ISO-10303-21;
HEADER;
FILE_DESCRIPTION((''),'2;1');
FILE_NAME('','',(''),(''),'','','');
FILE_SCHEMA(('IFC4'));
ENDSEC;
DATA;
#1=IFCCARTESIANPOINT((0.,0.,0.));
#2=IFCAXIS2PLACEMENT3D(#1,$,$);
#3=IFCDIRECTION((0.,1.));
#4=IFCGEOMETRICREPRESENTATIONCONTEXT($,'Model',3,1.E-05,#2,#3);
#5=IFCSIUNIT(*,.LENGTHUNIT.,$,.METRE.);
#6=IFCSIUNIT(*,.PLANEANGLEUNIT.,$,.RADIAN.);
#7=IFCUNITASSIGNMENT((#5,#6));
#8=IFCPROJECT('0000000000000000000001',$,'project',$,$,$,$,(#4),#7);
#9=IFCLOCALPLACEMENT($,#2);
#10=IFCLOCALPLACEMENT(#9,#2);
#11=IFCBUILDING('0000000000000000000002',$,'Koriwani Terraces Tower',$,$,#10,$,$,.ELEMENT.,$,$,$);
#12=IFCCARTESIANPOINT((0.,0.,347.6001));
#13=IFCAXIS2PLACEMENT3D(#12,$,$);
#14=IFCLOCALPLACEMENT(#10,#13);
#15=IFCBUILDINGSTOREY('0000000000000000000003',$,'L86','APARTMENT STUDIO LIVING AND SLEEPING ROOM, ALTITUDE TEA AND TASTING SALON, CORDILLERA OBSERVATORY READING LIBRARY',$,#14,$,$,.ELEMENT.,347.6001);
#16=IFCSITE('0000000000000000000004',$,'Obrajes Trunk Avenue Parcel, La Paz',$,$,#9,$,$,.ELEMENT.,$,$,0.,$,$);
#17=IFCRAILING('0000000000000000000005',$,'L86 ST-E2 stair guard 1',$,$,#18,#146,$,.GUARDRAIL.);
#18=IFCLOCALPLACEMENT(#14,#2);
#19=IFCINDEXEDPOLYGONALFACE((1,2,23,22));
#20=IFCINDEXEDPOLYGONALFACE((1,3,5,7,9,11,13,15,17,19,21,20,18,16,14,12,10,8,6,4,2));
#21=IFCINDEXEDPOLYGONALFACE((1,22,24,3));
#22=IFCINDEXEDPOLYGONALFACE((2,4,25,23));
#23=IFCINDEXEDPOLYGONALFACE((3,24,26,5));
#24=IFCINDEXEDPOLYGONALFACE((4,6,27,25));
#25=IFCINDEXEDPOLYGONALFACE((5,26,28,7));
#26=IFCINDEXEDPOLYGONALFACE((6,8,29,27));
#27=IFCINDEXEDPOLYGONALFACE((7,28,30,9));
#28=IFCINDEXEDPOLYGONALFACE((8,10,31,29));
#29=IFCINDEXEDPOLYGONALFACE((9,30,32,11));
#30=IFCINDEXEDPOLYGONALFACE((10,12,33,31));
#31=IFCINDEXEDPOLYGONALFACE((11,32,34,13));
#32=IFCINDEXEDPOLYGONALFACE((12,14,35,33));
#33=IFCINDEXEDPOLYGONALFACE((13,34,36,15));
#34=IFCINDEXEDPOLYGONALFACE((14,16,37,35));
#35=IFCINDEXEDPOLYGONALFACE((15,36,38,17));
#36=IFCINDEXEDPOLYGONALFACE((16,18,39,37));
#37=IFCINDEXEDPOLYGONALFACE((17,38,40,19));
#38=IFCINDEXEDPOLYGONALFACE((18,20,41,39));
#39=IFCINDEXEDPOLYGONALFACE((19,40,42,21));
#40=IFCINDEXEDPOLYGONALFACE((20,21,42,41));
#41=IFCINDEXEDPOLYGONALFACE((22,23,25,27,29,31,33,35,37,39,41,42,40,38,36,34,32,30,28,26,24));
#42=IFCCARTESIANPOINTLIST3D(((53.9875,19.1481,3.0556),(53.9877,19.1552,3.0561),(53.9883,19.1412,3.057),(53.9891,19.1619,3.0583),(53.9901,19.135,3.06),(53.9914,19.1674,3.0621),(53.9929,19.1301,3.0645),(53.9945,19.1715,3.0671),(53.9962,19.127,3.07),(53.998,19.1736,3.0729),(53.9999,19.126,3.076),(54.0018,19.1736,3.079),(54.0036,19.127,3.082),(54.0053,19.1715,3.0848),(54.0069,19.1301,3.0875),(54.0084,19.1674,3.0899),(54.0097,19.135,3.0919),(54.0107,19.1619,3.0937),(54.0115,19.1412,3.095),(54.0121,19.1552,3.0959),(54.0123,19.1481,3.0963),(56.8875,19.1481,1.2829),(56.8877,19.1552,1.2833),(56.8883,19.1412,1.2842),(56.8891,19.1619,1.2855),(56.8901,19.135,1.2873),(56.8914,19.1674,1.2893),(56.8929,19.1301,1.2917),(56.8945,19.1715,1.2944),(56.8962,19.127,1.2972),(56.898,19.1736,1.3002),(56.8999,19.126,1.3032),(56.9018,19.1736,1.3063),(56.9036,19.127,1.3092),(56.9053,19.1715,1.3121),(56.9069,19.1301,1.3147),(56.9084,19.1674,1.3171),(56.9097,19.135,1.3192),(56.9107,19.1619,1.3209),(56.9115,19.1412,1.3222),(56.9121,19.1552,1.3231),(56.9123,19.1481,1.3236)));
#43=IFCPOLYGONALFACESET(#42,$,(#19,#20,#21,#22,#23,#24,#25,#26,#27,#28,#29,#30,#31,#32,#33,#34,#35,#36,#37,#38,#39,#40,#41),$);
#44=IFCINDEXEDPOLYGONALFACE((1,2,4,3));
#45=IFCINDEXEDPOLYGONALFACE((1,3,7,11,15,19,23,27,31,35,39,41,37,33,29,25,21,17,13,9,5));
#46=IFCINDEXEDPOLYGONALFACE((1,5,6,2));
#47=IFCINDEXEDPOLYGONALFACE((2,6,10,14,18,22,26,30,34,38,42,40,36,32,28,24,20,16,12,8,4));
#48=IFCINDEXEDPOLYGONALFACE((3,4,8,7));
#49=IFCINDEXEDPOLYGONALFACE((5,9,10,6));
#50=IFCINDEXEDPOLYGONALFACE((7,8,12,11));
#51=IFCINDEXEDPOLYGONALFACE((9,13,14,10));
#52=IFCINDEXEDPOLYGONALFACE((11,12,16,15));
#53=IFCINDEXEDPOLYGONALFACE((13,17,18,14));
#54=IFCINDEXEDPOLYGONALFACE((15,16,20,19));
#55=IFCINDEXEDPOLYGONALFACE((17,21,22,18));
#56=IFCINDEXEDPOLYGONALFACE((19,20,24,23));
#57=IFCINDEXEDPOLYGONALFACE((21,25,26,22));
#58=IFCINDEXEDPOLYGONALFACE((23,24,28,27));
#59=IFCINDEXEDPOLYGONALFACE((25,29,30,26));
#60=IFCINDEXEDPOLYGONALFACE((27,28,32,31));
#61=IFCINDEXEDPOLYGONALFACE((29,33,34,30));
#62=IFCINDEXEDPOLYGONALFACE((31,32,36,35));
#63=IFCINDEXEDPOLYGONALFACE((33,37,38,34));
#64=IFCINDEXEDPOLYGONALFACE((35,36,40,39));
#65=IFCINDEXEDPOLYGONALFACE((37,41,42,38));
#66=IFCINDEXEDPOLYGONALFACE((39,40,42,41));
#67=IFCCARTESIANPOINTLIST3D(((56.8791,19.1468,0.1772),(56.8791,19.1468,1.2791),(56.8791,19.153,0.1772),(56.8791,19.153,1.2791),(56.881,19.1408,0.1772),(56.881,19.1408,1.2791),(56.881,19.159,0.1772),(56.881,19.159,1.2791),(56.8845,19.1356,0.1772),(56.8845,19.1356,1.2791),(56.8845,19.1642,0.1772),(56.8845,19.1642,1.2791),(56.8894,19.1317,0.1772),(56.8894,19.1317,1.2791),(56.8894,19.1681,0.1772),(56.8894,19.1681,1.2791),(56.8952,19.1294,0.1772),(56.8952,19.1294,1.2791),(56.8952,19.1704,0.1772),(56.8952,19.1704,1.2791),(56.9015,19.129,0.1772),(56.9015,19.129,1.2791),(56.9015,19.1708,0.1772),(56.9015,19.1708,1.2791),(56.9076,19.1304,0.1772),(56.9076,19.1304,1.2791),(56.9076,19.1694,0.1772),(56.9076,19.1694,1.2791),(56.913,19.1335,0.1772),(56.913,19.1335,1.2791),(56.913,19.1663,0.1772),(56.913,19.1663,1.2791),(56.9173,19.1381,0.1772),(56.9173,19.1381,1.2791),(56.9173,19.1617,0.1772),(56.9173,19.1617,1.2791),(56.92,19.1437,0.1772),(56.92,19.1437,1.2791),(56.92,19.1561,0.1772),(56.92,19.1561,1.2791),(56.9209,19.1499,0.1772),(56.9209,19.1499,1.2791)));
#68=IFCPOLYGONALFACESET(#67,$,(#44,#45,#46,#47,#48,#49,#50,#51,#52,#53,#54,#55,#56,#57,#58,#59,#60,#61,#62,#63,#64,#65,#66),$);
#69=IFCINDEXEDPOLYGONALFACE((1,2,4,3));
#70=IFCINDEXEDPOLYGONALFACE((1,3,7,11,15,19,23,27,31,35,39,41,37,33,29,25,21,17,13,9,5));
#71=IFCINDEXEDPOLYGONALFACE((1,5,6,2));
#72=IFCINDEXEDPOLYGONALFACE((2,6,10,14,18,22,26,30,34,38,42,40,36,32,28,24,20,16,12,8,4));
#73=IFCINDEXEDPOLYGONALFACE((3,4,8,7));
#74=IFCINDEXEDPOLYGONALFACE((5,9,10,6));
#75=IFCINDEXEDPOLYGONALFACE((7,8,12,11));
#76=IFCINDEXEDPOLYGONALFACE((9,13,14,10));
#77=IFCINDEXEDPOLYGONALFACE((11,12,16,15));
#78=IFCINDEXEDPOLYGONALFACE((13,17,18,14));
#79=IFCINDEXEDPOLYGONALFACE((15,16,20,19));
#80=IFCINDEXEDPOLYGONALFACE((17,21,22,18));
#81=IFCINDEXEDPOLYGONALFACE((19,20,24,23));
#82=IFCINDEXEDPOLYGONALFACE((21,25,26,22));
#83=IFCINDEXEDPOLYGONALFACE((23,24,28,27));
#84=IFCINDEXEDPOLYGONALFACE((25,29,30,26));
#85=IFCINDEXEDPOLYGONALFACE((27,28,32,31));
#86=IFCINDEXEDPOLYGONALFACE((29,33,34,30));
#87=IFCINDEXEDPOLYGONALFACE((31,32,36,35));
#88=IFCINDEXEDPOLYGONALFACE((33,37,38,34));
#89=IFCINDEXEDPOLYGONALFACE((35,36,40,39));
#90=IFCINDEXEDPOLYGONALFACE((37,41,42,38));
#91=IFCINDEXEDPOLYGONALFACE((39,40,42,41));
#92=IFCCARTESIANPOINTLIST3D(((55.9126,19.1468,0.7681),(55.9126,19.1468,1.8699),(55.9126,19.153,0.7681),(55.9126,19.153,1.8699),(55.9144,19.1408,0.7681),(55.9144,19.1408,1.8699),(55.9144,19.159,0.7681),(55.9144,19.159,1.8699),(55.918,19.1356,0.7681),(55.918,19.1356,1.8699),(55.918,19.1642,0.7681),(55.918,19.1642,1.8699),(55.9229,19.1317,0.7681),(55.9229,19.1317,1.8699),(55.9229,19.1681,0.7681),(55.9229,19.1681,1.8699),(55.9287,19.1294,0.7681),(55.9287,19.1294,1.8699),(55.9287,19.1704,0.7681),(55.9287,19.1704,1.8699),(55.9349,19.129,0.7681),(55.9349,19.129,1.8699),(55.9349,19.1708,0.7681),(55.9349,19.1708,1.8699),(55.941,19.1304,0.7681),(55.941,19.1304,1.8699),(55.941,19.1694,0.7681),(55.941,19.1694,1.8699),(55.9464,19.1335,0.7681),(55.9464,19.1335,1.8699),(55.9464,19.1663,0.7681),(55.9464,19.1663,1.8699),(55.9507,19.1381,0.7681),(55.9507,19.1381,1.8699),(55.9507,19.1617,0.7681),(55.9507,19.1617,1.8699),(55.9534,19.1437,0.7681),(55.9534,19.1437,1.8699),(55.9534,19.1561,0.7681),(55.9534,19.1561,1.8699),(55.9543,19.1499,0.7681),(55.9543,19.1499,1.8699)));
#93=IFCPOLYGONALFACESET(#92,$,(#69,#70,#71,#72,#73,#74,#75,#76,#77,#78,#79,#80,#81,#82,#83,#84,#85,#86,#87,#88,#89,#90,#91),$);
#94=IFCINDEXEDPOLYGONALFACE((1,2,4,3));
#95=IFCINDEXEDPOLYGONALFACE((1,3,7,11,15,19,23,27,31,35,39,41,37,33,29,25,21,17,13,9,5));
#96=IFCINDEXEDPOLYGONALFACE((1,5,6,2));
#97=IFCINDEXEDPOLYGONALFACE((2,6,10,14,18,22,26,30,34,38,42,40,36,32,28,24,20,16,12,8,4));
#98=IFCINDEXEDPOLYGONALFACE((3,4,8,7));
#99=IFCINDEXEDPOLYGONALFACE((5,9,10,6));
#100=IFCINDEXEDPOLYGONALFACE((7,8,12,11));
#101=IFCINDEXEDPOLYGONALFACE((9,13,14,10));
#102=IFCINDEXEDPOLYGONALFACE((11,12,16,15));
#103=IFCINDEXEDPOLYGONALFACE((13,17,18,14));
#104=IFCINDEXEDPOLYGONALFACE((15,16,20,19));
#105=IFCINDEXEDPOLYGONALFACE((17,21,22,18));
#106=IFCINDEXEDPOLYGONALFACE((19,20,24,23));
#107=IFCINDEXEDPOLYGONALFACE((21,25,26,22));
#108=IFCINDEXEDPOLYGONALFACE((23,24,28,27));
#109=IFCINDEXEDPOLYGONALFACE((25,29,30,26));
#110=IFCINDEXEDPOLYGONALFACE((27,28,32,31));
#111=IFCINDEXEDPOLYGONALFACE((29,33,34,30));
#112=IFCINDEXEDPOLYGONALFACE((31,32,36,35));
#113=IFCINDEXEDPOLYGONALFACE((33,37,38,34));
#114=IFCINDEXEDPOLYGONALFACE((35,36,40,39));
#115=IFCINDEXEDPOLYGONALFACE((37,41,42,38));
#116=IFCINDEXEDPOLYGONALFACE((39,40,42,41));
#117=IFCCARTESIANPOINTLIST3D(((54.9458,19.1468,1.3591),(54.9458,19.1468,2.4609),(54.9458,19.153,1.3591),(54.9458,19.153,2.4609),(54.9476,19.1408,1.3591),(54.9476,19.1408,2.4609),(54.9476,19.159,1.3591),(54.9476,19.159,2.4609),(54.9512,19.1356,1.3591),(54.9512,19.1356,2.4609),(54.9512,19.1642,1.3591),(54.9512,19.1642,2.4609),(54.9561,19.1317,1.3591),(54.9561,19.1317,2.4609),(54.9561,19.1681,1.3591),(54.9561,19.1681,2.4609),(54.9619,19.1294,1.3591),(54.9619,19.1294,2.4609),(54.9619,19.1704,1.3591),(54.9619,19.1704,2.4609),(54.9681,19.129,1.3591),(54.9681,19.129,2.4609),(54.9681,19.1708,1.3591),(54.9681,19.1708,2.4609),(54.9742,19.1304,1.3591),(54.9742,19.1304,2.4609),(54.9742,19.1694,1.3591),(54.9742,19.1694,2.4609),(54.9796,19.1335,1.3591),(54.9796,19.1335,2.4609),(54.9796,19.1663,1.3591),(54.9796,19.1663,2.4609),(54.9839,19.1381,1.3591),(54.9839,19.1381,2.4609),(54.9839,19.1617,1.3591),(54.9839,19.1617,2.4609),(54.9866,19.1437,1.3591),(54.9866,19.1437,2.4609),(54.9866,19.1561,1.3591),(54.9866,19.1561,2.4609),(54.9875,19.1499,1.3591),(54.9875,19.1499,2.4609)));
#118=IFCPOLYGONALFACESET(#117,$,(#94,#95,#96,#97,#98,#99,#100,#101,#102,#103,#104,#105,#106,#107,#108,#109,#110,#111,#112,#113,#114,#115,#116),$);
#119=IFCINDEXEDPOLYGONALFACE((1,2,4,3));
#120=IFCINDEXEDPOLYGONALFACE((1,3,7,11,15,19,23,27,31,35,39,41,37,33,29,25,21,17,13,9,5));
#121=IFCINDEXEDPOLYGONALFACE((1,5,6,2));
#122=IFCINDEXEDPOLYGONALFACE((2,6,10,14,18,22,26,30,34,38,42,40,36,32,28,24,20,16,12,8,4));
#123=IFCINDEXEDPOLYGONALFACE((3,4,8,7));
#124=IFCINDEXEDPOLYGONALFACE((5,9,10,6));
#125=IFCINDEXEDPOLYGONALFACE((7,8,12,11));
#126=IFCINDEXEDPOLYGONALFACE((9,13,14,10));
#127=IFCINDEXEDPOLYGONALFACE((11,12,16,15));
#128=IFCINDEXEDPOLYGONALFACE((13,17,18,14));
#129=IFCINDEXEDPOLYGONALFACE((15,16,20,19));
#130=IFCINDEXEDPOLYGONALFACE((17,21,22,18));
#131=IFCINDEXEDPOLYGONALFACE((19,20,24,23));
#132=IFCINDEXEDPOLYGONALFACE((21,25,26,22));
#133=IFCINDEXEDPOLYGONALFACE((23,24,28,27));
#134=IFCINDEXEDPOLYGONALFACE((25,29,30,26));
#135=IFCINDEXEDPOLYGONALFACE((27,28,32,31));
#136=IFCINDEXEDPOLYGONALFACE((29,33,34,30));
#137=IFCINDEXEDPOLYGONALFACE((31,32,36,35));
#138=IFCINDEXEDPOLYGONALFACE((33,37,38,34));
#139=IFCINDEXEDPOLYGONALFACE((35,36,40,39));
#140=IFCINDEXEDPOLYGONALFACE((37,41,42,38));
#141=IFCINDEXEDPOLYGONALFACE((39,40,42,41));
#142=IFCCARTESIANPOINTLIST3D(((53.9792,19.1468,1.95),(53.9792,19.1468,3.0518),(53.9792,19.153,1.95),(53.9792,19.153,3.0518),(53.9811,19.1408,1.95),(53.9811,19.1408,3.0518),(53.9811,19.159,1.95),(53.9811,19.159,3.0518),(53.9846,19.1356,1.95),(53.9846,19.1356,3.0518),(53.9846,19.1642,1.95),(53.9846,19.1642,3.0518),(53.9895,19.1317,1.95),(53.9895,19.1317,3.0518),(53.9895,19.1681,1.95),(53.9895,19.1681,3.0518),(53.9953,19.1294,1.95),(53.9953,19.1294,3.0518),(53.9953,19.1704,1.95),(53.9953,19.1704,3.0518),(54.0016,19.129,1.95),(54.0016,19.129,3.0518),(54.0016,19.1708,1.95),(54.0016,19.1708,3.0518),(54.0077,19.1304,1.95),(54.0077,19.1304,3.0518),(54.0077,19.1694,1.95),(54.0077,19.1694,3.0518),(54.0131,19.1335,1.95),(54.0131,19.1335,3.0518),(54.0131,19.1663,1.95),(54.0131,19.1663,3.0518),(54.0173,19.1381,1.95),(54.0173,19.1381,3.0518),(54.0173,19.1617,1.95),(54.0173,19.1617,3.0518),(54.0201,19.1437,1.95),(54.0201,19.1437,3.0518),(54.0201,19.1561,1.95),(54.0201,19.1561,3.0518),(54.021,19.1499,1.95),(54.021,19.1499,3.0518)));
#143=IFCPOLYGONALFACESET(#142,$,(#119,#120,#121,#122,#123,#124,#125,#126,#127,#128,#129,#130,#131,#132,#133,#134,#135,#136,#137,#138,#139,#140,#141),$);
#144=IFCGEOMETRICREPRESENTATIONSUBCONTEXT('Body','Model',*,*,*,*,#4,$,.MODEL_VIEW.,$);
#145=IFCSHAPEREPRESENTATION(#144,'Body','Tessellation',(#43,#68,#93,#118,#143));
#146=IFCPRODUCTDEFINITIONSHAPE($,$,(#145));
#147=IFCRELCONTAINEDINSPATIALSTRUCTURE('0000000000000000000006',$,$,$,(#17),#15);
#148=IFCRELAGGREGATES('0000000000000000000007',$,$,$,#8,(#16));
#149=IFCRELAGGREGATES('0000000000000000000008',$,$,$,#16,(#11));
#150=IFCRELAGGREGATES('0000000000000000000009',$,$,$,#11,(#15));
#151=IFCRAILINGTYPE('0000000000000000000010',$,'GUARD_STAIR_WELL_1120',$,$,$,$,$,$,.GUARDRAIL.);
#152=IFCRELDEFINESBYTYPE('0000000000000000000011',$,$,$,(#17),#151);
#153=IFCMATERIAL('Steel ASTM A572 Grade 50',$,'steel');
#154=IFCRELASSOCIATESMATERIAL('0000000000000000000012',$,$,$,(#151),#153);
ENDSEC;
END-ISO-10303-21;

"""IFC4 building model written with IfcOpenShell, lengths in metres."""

from ifc_helpers import new_model, si_unit, direction, frame, origin, origin_2d, place, context, subcontext, project, spatial, circle, extrude, material, type_object, element, save


model = new_model("IFC4")

# Units and contexts
model_context = context("Model", 3, precision=1e-05, world=origin(), true_north=direction((0.0, 1.0)))
body_context = subcontext(model_context, "Body", "Model", "MODEL_VIEW")
ifc_project = project(units=[si_unit("LENGTHUNIT", "METRE"), si_unit("PLANEANGLEUNIT", "RADIAN")], contexts=[model_context])

# Site, building, storey
site_placement = place(None, origin())
site = spatial("IfcSite", under=ifc_project, at=site_placement, Name="Obrajes Trunk Avenue Parcel, La Paz", CompositionType="ELEMENT", RefElevation=0.0)
building_placement = place(site_placement, origin())
building = spatial("IfcBuilding", under=site, at=building_placement, Name="Koriwani Terraces Tower", CompositionType="ELEMENT")
storey_placement = place(building_placement, frame((0.0, 0.0, 347.6001)))
storey = spatial("IfcBuildingStorey", under=building, at=storey_placement, Name="L86", Description="APARTMENT STUDIO LIVING AND SLEEPING ROOM, ALTITUDE TEA AND TASTING SALON, CORDILLERA OBSERVATORY READING LIBRARY", CompositionType="ELEMENT", Elevation=347.6001)

# Shared definitions
ifc_material_1 = material(Name="Steel ASTM A572 Grade 50", Category="steel")

# Railing
railing_type_1 = type_object("IfcRailingType", Name="GUARD_STAIR_WELL_1120", PredefinedType="GUARDRAIL", material=ifc_material_1)
railing_1_placement = place(storey_placement, frame((56.8999, 19.1499, 0.1772)))
element("IfcRailing", 1, at=railing_1_placement, inside=storey, type_object=railing_type_1, Name="L86 ST-E2 stair guard 1", PredefinedType="GUARDRAIL", context=body_context, shape_type="SweptSolid", body=[
    extrude(circle(Radius=0.0239, at=origin_2d()), frame((0.0, 0.0, 1.126), z_axis=(-0.853211, 0.0, 0.521566), x_axis=(0.0, -1.0, 0.0)), (0.0, 0.0, 1.0), 3.3989),
    extrude(circle(Radius=0.021, at=origin_2d()), origin(), (0.0, 0.0, 1.0), 1.1018),
    extrude(circle(Radius=0.021, at=origin_2d()), frame((-0.9666, 0.0, 0.5908)), (0.0, 0.0, 1.0), 1.1018),
    extrude(circle(Radius=0.021, at=origin_2d()), frame((-1.9333, 0.0, 1.1819)), (0.0, 0.0, 1.0), 1.1018),
    extrude(circle(Radius=0.021, at=origin_2d()), frame((-2.8999, 0.0, 1.7727)), (0.0, 0.0, 1.0), 1.1018),
])

save(model, "model.ifc")
